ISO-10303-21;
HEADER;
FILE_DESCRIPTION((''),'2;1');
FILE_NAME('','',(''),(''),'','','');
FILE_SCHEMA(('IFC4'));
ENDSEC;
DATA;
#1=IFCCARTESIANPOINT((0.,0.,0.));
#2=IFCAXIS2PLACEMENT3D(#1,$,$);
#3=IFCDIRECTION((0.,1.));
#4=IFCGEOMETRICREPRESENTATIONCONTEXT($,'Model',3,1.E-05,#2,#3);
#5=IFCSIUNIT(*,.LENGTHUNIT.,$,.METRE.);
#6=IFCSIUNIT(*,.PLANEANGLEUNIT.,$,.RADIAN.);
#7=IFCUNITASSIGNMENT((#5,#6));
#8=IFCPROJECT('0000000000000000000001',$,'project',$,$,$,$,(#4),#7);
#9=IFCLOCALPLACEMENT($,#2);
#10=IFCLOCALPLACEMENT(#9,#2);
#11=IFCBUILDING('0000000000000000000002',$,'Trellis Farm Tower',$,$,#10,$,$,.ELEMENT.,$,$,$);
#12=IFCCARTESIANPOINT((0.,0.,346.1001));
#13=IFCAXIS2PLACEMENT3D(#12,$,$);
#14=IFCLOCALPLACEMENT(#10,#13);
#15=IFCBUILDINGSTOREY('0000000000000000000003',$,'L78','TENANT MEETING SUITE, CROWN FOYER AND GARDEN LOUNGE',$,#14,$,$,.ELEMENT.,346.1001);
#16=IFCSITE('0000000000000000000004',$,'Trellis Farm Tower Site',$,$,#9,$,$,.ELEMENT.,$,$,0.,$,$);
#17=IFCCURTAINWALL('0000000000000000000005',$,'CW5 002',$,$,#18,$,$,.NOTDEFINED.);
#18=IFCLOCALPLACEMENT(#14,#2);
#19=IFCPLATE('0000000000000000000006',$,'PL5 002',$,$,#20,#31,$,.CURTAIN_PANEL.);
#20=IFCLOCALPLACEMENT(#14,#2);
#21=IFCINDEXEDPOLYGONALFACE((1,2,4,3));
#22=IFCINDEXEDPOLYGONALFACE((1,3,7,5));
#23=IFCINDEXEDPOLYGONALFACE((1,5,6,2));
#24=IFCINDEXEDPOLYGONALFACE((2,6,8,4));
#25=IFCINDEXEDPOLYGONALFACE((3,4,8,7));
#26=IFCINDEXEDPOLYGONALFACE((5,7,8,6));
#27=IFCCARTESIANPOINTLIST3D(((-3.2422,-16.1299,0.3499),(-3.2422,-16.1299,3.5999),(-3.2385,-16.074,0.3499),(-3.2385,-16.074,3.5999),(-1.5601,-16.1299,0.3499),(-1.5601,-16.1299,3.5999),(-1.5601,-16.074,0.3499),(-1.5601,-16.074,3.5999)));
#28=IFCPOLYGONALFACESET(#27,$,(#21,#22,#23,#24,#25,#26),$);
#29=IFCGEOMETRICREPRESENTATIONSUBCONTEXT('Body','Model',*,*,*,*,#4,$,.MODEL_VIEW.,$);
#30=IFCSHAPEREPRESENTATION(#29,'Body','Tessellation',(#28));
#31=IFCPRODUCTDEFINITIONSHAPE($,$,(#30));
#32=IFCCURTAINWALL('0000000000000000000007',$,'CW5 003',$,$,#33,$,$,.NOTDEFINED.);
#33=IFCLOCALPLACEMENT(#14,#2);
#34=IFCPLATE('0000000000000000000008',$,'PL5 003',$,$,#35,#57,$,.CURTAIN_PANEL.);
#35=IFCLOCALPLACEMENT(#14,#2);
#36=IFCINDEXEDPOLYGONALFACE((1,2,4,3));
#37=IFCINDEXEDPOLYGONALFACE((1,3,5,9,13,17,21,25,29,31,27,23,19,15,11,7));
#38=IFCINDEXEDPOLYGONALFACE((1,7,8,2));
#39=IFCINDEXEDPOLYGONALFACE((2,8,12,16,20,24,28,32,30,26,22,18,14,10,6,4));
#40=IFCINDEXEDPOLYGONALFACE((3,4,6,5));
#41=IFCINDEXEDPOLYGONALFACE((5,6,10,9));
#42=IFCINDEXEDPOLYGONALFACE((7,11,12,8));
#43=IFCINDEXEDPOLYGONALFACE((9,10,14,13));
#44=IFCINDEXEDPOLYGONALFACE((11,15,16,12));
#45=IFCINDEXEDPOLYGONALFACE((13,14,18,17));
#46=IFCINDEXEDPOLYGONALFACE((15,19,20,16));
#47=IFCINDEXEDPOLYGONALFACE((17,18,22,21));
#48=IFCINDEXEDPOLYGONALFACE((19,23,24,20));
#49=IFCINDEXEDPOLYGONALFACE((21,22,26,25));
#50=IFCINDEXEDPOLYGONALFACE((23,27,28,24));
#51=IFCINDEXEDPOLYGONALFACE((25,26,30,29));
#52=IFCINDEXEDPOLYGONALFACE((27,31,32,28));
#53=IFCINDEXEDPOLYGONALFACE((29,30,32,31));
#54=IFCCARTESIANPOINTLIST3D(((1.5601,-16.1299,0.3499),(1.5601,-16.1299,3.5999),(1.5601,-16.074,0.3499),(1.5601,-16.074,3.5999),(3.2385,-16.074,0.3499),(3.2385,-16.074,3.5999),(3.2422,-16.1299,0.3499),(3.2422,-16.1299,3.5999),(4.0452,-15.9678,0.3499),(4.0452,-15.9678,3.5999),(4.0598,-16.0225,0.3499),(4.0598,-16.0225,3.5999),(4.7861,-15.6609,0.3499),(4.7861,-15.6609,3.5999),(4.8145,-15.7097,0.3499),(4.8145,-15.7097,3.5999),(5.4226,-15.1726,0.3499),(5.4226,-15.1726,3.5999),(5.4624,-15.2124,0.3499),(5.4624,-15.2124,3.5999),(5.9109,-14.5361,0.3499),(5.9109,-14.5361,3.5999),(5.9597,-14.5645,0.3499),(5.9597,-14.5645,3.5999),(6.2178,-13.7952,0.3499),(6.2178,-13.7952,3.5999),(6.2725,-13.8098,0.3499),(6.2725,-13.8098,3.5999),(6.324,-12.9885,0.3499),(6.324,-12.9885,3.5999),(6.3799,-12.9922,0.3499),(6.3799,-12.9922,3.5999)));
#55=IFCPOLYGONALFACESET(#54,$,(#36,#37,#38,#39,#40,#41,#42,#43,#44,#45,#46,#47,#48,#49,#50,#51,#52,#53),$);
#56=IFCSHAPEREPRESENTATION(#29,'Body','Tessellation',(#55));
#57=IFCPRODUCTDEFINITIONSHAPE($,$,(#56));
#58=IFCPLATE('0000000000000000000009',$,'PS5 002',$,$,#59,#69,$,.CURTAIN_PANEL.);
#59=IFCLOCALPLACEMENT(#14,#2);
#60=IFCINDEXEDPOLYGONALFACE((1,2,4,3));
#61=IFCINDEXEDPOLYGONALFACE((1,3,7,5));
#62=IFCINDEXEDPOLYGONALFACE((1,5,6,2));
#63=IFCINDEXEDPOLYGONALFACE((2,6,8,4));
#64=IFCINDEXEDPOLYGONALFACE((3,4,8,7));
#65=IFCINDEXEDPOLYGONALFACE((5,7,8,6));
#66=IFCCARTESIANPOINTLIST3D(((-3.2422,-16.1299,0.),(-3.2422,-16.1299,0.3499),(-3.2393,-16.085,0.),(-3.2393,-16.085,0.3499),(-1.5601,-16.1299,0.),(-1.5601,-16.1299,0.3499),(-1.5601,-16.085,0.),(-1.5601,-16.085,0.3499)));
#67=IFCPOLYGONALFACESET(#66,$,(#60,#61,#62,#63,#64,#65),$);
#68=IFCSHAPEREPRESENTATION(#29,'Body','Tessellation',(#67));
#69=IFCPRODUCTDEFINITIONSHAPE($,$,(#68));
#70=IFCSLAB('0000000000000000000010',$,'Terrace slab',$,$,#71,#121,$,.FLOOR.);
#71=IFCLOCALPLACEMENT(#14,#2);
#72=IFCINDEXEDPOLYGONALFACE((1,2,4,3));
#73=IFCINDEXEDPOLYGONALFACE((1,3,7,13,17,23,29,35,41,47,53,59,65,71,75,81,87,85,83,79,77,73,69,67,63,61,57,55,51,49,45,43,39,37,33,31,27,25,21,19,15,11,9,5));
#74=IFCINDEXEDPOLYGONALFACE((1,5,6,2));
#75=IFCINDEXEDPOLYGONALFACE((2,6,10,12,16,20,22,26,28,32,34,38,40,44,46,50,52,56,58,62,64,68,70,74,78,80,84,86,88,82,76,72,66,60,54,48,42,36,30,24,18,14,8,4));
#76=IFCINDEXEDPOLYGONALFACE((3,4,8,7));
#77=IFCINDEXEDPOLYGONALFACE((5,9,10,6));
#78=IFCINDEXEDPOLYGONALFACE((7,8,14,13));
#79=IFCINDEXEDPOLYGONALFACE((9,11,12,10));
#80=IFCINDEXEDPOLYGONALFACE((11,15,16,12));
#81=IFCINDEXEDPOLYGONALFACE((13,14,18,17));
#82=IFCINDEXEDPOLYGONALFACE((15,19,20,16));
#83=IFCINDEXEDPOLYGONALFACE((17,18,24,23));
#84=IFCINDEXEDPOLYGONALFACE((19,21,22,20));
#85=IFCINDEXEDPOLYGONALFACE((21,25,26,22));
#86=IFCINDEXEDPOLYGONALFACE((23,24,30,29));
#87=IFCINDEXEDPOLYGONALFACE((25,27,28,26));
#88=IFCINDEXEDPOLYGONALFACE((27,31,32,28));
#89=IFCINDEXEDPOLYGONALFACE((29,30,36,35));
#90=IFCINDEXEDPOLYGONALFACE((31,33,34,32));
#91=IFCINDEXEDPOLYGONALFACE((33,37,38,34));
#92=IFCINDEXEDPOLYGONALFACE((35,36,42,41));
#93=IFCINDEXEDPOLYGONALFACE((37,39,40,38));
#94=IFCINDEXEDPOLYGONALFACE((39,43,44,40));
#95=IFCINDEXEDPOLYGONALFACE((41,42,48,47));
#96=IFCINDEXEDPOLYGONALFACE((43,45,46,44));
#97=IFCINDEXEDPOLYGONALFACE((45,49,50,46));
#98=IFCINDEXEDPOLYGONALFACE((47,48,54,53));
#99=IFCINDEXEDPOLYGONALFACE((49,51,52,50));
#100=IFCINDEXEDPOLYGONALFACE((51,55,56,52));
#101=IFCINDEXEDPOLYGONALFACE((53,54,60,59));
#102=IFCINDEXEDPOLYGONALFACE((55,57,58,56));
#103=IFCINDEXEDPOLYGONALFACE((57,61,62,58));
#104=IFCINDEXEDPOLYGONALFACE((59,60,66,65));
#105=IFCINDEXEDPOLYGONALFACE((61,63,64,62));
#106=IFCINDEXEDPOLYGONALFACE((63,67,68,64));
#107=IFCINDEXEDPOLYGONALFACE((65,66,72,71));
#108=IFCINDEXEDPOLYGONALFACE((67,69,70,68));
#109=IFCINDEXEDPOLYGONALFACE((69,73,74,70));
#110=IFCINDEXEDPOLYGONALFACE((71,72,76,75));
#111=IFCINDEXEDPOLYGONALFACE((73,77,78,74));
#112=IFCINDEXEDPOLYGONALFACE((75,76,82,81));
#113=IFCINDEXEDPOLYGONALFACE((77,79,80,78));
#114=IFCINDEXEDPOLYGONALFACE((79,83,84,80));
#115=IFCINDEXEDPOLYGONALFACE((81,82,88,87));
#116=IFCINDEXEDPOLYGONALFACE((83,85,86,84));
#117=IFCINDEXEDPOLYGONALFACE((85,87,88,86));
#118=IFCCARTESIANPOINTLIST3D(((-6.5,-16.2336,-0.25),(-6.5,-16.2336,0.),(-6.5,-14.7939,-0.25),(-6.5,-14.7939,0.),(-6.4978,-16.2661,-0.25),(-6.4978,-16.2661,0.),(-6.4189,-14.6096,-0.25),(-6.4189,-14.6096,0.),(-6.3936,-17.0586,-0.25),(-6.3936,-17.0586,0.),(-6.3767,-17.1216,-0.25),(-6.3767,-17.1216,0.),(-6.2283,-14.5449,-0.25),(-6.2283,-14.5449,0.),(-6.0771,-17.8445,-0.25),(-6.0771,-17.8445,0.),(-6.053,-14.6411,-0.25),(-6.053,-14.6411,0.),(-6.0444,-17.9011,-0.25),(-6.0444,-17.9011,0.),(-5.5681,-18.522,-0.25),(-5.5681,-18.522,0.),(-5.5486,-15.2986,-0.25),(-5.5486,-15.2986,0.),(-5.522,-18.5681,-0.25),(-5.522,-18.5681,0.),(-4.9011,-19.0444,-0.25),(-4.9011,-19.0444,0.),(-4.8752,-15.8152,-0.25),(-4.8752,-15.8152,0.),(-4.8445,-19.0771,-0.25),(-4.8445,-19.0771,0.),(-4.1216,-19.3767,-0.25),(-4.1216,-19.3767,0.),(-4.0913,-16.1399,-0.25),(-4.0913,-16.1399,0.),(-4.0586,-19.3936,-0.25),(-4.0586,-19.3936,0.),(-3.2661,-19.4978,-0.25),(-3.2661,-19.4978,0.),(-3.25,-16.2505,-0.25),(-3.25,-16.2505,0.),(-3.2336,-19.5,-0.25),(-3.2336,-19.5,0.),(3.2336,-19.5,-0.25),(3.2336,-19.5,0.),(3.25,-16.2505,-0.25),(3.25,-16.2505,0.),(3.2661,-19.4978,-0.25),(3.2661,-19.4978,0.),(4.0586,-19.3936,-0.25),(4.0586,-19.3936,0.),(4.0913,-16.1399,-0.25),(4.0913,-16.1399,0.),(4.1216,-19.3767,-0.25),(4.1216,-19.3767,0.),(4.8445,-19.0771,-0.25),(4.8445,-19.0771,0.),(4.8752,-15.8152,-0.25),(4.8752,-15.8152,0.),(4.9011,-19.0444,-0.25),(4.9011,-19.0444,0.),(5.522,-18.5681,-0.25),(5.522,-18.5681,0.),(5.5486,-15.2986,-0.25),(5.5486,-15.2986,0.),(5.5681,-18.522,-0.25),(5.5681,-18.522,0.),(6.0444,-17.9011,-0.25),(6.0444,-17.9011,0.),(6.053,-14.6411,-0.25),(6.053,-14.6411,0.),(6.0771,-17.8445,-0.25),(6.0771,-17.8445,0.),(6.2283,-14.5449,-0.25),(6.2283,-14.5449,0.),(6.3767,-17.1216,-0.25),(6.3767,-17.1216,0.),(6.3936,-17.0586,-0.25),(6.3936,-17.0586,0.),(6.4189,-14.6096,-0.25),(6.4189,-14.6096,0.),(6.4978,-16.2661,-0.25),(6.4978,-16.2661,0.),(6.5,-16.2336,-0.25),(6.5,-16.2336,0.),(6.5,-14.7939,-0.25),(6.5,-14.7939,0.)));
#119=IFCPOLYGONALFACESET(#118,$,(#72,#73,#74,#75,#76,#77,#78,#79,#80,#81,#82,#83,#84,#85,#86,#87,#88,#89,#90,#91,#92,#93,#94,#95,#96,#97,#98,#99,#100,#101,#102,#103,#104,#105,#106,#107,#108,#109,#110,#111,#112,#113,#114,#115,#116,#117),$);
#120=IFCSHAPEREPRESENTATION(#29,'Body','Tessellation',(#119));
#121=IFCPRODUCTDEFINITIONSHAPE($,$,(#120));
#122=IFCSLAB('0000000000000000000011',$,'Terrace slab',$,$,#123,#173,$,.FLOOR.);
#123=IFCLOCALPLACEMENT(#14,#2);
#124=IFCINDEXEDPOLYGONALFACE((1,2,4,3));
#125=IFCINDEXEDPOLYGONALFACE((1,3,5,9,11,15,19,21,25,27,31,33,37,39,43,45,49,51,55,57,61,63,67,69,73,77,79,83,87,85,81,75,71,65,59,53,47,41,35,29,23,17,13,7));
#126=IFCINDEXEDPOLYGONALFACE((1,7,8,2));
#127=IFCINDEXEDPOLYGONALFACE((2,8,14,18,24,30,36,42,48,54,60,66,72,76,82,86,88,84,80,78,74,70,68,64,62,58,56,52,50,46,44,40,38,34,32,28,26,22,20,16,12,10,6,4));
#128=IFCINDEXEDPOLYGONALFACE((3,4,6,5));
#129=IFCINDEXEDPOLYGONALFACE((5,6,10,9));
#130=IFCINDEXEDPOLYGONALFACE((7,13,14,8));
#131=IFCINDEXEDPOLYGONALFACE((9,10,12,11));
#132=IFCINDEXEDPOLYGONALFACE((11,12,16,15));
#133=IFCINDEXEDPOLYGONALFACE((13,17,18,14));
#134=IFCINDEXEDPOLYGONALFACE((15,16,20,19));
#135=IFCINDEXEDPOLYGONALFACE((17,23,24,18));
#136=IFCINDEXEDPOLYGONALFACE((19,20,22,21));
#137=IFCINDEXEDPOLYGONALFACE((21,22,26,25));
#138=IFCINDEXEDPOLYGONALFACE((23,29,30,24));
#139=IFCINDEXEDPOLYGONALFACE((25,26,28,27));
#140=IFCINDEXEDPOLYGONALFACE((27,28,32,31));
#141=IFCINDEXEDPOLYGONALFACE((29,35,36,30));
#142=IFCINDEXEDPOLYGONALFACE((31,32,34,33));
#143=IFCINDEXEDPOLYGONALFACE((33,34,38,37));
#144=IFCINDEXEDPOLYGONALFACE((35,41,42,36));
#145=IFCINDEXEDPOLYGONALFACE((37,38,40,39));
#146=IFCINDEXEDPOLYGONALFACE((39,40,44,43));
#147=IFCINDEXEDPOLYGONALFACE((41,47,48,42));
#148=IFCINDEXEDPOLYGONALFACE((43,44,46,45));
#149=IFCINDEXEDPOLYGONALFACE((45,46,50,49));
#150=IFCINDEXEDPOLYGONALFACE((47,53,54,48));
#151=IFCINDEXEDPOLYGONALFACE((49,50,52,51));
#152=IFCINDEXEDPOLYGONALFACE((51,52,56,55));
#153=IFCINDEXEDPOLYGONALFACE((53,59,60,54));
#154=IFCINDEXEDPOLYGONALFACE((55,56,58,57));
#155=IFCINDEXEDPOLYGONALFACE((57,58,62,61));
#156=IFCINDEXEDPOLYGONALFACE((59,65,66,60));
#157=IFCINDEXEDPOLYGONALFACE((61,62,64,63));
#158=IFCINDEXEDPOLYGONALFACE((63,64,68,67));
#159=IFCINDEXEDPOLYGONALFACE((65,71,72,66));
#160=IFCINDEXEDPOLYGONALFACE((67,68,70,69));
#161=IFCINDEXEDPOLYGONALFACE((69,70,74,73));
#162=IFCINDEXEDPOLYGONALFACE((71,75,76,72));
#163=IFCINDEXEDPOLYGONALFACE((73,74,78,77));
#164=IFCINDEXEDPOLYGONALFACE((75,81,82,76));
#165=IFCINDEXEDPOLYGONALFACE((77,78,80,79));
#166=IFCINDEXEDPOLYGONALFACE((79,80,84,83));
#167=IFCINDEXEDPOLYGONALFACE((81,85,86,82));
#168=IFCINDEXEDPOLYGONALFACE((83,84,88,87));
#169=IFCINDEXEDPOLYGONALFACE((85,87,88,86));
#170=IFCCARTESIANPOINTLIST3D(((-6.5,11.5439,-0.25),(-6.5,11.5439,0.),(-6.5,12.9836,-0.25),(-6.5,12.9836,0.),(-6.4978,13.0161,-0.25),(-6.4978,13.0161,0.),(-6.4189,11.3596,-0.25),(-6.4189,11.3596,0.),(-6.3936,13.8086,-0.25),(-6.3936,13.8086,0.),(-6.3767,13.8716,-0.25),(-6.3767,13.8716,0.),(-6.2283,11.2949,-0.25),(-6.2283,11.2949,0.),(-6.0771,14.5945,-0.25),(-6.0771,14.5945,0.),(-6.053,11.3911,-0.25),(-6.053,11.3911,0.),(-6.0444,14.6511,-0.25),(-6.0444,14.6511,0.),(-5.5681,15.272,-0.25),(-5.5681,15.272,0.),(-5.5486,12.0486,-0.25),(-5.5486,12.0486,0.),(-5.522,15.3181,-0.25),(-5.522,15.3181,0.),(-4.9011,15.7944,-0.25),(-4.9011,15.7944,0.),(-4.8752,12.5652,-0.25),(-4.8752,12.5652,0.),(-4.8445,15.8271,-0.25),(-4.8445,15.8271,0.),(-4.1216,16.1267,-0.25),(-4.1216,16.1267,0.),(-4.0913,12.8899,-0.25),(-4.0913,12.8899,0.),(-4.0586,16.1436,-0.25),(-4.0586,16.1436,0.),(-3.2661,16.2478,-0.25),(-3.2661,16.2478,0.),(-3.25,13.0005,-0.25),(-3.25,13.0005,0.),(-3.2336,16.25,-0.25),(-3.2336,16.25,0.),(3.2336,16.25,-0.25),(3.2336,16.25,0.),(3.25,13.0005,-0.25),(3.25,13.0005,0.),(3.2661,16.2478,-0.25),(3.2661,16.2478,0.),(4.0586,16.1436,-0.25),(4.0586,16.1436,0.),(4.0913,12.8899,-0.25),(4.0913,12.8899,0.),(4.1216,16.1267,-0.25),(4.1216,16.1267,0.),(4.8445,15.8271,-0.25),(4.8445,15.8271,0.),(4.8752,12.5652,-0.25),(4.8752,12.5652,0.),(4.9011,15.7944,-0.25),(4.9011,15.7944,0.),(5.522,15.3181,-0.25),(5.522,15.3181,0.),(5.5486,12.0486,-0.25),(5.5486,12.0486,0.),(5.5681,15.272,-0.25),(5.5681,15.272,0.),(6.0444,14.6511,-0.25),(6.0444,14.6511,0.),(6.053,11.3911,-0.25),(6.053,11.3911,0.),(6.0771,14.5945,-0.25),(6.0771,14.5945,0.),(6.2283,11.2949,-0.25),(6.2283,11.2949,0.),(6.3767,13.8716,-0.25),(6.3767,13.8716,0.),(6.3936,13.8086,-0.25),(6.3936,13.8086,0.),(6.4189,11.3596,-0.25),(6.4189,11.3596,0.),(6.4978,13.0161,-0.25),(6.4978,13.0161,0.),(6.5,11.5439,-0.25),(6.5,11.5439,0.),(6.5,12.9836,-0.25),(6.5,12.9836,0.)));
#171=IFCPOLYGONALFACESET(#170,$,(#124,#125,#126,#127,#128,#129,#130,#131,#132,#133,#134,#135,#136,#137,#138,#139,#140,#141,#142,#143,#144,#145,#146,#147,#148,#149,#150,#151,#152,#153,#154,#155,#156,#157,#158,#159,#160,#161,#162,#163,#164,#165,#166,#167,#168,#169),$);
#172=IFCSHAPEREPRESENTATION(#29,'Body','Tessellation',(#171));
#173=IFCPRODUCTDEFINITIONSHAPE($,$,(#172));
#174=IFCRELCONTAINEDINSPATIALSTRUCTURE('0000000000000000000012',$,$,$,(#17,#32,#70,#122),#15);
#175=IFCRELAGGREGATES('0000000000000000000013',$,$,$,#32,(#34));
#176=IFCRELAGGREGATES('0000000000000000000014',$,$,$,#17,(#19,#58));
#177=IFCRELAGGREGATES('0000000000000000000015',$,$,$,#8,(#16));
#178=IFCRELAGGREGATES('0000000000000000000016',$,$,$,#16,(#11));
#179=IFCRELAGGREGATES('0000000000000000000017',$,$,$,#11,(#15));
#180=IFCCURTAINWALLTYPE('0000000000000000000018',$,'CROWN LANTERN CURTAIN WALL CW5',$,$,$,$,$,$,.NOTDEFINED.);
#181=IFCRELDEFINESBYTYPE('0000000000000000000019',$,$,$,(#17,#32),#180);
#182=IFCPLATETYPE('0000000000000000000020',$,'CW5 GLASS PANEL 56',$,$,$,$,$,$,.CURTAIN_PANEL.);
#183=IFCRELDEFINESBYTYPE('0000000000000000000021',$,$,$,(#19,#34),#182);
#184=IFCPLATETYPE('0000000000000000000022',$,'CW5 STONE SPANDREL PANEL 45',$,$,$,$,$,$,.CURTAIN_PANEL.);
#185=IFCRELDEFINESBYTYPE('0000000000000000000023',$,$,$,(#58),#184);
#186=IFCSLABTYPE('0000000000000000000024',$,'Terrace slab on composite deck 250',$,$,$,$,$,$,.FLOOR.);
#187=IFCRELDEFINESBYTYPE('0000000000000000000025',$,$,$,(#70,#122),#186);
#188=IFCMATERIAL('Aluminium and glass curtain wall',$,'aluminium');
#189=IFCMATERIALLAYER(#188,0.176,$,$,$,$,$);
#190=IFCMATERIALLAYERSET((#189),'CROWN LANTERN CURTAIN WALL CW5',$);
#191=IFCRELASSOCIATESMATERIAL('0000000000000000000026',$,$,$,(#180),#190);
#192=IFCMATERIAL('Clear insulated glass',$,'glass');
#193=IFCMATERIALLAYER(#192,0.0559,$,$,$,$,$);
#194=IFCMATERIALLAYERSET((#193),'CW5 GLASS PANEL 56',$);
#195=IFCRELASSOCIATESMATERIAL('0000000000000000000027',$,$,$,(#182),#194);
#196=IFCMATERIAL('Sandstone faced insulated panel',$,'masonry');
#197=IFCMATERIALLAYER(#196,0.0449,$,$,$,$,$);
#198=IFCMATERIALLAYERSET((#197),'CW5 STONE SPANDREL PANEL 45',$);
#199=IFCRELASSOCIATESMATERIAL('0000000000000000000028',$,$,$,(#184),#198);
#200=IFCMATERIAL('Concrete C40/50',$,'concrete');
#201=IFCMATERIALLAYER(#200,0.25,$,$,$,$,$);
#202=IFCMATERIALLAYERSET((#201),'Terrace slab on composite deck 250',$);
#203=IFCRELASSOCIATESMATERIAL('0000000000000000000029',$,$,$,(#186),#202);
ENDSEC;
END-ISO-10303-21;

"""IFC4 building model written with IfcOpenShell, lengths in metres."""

from ifc_helpers import new_model, si_unit, direction, frame, origin, place, context, subcontext, project, spatial, polyline, outline, extrude, material, layer, layer_set, type_object, element, aggregate, save


model = new_model("IFC4")

# Units and contexts
model_context = context("Model", 3, precision=1e-05, world=origin(), true_north=direction((0.0, 1.0)))
body_context = subcontext(model_context, "Body", "Model", "MODEL_VIEW")
ifc_project = project(units=[si_unit("LENGTHUNIT", "METRE"), si_unit("PLANEANGLEUNIT", "RADIAN")], contexts=[model_context])

# Site, building, storey
site_placement = place(None, origin())
site = spatial("IfcSite", under=ifc_project, at=site_placement, Name="Trellis Farm Tower Site", CompositionType="ELEMENT", RefElevation=0.0)
building_placement = place(site_placement, origin())
building = spatial("IfcBuilding", under=site, at=building_placement, Name="Trellis Farm Tower", CompositionType="ELEMENT")
storey_placement = place(building_placement, frame((0.0, 0.0, 346.1001)))
storey = spatial("IfcBuildingStorey", under=building, at=storey_placement, Name="L78", Description="TENANT MEETING SUITE, CROWN FOYER AND GARDEN LOUNGE", CompositionType="ELEMENT", Elevation=346.1001)

# Curtain wall
ifc_material_1 = material(Name="Aluminium and glass curtain wall", Category="aluminium")
ifc_layer_1 = layer(ifc_material_1, 0.176)
ifc_layer_set_1 = layer_set([ifc_layer_1], Name="CROWN LANTERN CURTAIN WALL CW5")
curtain_wall_type = type_object("IfcCurtainWallType", Name="CROWN LANTERN CURTAIN WALL CW5", PredefinedType="NOTDEFINED", material=ifc_layer_set_1)
placement_1 = place(storey_placement, origin())
curtain_wall_1 = element("IfcCurtainWall", 1, at=placement_1, inside=storey, type_object=curtain_wall_type, Name="CW5 002", PredefinedType="NOTDEFINED")

# Plate
ifc_material_2 = material(Name="Clear insulated glass", Category="glass")
ifc_layer_2 = layer(ifc_material_2, 0.0559)
ifc_layer_set_2 = layer_set([ifc_layer_2], Name="CW5 GLASS PANEL 56")
plate_type_1 = type_object("IfcPlateType", Name="CW5 GLASS PANEL 56", PredefinedType="CURTAIN_PANEL", material=ifc_layer_set_2)
placement_2 = place(storey_placement, frame((0.0, 0.0, 0.3499)))
plate_1 = element("IfcPlate", 2, at=placement_2, type_object=plate_type_1, Name="PL5 002", PredefinedType="CURTAIN_PANEL", context=body_context, shape_type="SweptSolid", body=[
    extrude(outline(polyline([(-3.2422, -16.1299), (-1.5601, -16.1299), (-1.5601, -16.074), (-3.2385, -16.074), (-3.2422, -16.1299)])), origin(), (0.0, 0.0, 1.0), 3.25),
])

# Curtain wall, plate
curtain_wall_2 = element("IfcCurtainWall", 3, at=placement_1, inside=storey, type_object=curtain_wall_type, Name="CW5 003", PredefinedType="NOTDEFINED")
plate_2 = element("IfcPlate", 4, at=placement_2, type_object=plate_type_1, Name="PL5 003", PredefinedType="CURTAIN_PANEL", context=body_context, shape_type="SweptSolid", body=[
    extrude(outline(polyline([(1.5601, -16.1299), (3.2422, -16.1299), (4.0598, -16.0225), (4.8145, -15.7097), (5.4624, -15.2124), (5.9597, -14.5645), (6.2725, -13.8098), (6.3799, -12.9922), (6.324, -12.9885), (6.2178, -13.7952), (5.9109, -14.5361), (5.4226, -15.1726), (4.7861, -15.6609), (4.0452, -15.9678), (3.2385, -16.074), (1.5601, -16.074), (1.5601, -16.1299)])), origin(), (0.0, 0.0, 1.0), 3.25),
])
aggregate(curtain_wall_2, [plate_2])

# Plate
ifc_material_3 = material(Name="Sandstone faced insulated panel", Category="masonry")
ifc_layer_3 = layer(ifc_material_3, 0.0449)
ifc_layer_set_3 = layer_set([ifc_layer_3], Name="CW5 STONE SPANDREL PANEL 45")
plate_type_2 = type_object("IfcPlateType", Name="CW5 STONE SPANDREL PANEL 45", PredefinedType="CURTAIN_PANEL", material=ifc_layer_set_3)
plate_3 = element("IfcPlate", 5, at=placement_1, type_object=plate_type_2, Name="PS5 002", PredefinedType="CURTAIN_PANEL", context=body_context, shape_type="SweptSolid", body=[
    extrude(outline(polyline([(-3.2422, -16.1299), (-1.5601, -16.1299), (-1.5601, -16.085), (-3.2393, -16.085), (-3.2422, -16.1299)])), origin(), (0.0, 0.0, 1.0), 0.3499),
])
aggregate(curtain_wall_1, [plate_1, plate_3])

# Slabs
ifc_material_4 = material(Name="Concrete C40/50", Category="concrete")
ifc_layer_4 = layer(ifc_material_4, 0.25)
ifc_layer_set_4 = layer_set([ifc_layer_4], Name="Terrace slab on composite deck 250")
slab_type_1 = type_object("IfcSlabType", Name="Terrace slab on composite deck 250", PredefinedType="FLOOR", material=ifc_layer_set_4)
placement_3 = place(storey_placement, frame((0.0, 0.0, -0.25)))
element("IfcSlab", 6, at=placement_3, inside=storey, type_object=slab_type_1, Name="Terrace slab", PredefinedType="FLOOR", context=body_context, shape_type="SweptSolid", body=[
    extrude(outline(polyline([(-6.2283, -14.5449), (-6.053, -14.6411), (-5.5486, -15.2986), (-4.8752, -15.8152), (-4.0913, -16.1399), (-3.25, -16.2505), (3.25, -16.2505), (4.0913, -16.1399), (4.8752, -15.8152), (5.5486, -15.2986), (6.053, -14.6411), (6.2283, -14.5449), (6.4189, -14.6096), (6.5, -14.7939), (6.5, -16.2336), (6.4978, -16.2661), (6.3936, -17.0586), (6.3767, -17.1216), (6.0771, -17.8445), (6.0444, -17.9011), (5.5681, -18.522), (5.522, -18.5681), (4.9011, -19.0444), (4.8445, -19.0771), (4.1216, -19.3767), (4.0586, -19.3936), (3.2661, -19.4978), (3.2336, -19.5), (-3.2336, -19.5), (-3.2661, -19.4978), (-4.0586, -19.3936), (-4.1216, -19.3767), (-4.8445, -19.0771), (-4.9011, -19.0444), (-5.522, -18.5681), (-5.5681, -18.522), (-6.0444, -17.9011), (-6.0771, -17.8445), (-6.3767, -17.1216), (-6.3936, -17.0586), (-6.4978, -16.2661), (-6.5, -16.2336), (-6.5, -14.7939), (-6.4189, -14.6096), (-6.2283, -14.5449)])), origin(), (0.0, 0.0, 1.0), 0.25),
])
element("IfcSlab", 7, at=placement_3, inside=storey, type_object=slab_type_1, Name="Terrace slab", PredefinedType="FLOOR", context=body_context, shape_type="SweptSolid", body=[
    extrude(outline(polyline([(-6.4189, 11.3596), (-6.5, 11.5439), (-6.5, 12.9836), (-6.4978, 13.0161), (-6.3936, 13.8086), (-6.3767, 13.8716), (-6.0771, 14.5945), (-6.0444, 14.6511), (-5.5681, 15.272), (-5.522, 15.3181), (-4.9011, 15.7944), (-4.8445, 15.8271), (-4.1216, 16.1267), (-4.0586, 16.1436), (-3.2661, 16.2478), (-3.2336, 16.25), (3.2336, 16.25), (3.2661, 16.2478), (4.0586, 16.1436), (4.1216, 16.1267), (4.8445, 15.8271), (4.9011, 15.7944), (5.522, 15.3181), (5.5681, 15.272), (6.0444, 14.6511), (6.0771, 14.5945), (6.3767, 13.8716), (6.3936, 13.8086), (6.4978, 13.0161), (6.5, 12.9836), (6.5, 11.5439), (6.4189, 11.3596), (6.2283, 11.2949), (6.053, 11.3911), (5.5486, 12.0486), (4.8752, 12.5652), (4.0913, 12.8899), (3.25, 13.0005), (-3.25, 13.0005), (-4.0913, 12.8899), (-4.8752, 12.5652), (-5.5486, 12.0486), (-6.053, 11.3911), (-6.2283, 11.2949), (-6.4189, 11.3596)])), origin(), (0.0, 0.0, 1.0), 0.25),
])

save(model, "model.ifc")
